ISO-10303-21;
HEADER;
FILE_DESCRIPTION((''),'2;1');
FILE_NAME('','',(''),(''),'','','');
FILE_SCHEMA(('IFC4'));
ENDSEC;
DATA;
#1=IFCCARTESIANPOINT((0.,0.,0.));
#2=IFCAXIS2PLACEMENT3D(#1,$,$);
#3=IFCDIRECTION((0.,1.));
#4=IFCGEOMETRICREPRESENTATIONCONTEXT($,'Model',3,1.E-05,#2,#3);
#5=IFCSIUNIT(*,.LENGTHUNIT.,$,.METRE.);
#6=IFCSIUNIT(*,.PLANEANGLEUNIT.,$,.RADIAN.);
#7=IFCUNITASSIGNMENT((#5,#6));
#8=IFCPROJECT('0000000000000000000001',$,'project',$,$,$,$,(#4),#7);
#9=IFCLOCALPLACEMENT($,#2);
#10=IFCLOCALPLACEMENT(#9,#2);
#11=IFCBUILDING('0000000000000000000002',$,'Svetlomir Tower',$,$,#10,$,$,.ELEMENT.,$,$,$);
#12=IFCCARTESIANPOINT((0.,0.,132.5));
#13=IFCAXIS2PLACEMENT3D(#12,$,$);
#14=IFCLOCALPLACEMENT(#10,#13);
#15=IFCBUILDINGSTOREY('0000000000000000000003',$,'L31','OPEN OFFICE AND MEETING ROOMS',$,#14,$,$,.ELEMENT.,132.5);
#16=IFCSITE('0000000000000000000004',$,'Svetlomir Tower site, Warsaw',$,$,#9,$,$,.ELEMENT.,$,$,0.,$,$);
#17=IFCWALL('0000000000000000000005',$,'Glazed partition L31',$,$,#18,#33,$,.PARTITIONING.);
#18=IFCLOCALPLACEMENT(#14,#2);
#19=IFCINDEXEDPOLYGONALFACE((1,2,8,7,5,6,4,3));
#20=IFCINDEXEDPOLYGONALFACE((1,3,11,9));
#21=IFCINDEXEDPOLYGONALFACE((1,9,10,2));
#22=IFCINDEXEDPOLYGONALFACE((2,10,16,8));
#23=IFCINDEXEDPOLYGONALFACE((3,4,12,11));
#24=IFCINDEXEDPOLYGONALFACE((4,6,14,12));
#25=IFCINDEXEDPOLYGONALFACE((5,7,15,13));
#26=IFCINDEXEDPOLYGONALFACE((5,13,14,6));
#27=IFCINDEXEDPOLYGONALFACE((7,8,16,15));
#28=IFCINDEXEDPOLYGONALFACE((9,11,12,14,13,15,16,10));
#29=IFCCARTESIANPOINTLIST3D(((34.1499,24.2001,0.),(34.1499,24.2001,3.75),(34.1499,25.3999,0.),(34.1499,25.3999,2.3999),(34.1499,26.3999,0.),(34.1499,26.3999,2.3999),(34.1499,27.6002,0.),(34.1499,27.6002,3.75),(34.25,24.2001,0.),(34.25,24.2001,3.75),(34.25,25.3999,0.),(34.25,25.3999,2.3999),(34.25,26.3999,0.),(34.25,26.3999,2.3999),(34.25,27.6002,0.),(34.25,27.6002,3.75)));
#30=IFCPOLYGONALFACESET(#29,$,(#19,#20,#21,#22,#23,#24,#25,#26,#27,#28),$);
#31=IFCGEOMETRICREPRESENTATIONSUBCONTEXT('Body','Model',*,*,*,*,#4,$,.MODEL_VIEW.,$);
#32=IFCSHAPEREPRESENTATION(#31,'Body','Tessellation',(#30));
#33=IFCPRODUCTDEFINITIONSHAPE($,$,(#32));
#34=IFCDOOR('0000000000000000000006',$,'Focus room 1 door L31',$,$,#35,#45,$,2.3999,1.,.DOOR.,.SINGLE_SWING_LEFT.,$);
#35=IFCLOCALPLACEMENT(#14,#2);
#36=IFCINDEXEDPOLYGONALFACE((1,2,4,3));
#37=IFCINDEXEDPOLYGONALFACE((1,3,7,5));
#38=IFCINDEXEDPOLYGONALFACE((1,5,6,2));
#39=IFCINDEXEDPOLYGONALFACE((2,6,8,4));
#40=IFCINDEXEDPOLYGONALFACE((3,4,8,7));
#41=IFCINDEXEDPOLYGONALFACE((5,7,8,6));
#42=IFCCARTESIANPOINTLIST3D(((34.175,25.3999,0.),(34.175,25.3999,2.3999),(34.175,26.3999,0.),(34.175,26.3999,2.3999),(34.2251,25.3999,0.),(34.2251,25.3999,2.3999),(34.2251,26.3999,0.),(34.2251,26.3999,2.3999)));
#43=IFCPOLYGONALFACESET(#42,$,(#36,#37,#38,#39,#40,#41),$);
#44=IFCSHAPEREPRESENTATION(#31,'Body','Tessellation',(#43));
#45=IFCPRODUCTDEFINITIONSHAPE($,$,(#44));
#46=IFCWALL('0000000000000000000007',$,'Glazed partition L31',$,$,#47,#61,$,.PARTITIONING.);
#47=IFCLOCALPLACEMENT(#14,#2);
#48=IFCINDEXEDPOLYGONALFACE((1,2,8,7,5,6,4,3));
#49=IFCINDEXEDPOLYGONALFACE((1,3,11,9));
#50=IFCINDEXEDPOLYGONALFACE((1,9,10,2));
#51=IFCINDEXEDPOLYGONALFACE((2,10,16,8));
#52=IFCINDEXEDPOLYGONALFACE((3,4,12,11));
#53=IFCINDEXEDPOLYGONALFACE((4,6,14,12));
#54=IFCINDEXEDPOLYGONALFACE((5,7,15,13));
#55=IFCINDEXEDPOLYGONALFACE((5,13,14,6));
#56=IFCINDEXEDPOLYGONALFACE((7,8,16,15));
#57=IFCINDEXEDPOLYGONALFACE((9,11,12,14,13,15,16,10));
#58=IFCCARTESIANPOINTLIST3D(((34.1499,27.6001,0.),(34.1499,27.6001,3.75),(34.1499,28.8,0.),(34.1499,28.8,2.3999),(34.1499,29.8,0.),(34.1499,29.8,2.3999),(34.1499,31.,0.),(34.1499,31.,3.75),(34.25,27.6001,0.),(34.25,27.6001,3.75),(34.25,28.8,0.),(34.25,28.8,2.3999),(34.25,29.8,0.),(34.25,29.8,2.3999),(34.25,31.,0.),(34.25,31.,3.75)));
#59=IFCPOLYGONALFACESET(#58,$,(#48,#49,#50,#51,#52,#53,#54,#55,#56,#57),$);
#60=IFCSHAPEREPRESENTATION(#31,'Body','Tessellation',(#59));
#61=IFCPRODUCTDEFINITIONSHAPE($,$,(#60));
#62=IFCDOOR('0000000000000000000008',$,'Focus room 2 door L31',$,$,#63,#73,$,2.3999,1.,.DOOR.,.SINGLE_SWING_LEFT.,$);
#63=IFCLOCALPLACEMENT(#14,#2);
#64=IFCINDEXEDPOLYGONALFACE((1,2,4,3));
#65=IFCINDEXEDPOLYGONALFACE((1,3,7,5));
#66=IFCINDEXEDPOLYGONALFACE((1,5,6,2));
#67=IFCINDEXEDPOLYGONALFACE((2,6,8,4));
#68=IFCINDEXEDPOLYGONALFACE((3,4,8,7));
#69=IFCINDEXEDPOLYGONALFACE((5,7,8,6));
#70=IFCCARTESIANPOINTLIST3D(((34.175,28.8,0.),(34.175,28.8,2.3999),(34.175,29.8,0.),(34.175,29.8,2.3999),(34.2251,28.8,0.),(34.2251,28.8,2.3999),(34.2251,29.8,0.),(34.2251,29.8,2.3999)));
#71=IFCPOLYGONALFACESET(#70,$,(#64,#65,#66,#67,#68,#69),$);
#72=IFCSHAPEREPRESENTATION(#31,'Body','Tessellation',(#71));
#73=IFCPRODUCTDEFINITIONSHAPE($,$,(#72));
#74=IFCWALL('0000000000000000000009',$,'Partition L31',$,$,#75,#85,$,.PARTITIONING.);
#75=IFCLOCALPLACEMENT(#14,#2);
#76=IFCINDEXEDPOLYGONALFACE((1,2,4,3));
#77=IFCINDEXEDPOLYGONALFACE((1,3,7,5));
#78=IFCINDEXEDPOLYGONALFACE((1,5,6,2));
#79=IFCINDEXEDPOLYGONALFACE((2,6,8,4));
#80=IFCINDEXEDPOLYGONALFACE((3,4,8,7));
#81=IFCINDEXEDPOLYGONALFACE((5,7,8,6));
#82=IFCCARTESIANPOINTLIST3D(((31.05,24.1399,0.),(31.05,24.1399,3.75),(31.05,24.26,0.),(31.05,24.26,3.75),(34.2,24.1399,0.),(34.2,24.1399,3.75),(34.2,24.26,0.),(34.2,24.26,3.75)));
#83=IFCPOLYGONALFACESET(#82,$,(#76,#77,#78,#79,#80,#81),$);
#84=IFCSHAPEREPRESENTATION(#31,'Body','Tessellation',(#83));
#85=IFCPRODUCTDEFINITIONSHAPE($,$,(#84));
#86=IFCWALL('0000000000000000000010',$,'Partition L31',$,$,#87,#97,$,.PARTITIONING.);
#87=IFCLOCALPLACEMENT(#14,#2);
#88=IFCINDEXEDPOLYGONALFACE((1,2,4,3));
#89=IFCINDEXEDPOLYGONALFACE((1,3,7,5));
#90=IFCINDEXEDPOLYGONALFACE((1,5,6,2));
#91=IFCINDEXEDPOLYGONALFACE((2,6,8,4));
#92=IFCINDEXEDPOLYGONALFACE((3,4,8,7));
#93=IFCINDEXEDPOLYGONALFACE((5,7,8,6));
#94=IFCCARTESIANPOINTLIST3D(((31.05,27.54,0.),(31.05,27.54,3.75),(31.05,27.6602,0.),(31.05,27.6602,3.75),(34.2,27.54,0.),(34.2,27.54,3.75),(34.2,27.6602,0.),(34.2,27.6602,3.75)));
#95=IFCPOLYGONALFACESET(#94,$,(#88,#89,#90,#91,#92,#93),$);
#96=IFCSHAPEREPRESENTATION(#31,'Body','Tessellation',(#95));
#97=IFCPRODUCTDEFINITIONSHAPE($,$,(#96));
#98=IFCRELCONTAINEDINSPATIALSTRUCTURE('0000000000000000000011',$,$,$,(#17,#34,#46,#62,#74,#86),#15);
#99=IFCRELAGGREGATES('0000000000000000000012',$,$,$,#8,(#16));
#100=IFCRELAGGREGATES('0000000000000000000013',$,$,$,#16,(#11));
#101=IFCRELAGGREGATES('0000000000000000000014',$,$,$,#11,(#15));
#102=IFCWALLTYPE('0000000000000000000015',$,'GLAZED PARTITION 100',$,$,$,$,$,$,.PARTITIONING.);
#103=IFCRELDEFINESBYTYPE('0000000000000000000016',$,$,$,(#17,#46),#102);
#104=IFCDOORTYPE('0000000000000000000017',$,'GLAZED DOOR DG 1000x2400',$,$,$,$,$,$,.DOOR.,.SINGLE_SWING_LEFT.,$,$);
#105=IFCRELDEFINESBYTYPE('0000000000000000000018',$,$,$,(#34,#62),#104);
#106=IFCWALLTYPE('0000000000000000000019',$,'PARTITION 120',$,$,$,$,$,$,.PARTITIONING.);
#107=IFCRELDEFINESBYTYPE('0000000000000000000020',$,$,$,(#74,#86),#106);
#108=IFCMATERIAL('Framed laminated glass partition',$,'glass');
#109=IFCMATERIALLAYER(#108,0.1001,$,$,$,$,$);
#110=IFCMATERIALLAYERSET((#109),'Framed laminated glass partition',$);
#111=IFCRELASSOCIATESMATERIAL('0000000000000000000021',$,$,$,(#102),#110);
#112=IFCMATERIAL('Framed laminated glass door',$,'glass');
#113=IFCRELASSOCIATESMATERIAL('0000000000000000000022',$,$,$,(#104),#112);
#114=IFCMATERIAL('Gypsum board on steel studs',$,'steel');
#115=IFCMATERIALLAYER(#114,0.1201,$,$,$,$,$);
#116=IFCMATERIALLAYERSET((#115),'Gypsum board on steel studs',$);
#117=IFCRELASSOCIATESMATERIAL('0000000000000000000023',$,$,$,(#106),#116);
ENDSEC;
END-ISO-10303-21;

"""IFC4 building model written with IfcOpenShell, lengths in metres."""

from ifc_helpers import new_model, si_unit, direction, frame, frame_2d, origin, place, context, subcontext, project, spatial, rectangle, extrude, material, layer, layer_set, type_object, element, fill, save


model = new_model("IFC4")

# Units and contexts
model_context = context("Model", 3, precision=1e-05, world=origin(), true_north=direction((0.0, 1.0)))
body_context = subcontext(model_context, "Body", "Model", "MODEL_VIEW")
ifc_project = project(units=[si_unit("LENGTHUNIT", "METRE"), si_unit("PLANEANGLEUNIT", "RADIAN")], contexts=[model_context])

# Site, building, storey
site_placement = place(None, origin())
site = spatial("IfcSite", under=ifc_project, at=site_placement, Name="Svetlomir Tower site, Warsaw", CompositionType="ELEMENT", RefElevation=0.0)
building_placement = place(site_placement, origin())
building = spatial("IfcBuilding", under=site, at=building_placement, Name="Svetlomir Tower", CompositionType="ELEMENT")
storey_placement = place(building_placement, frame((0.0, 0.0, 132.5)))
storey = spatial("IfcBuildingStorey", under=building, at=storey_placement, Name="L31", Description="OPEN OFFICE AND MEETING ROOMS", CompositionType="ELEMENT", Elevation=132.5)

# Shared definitions
ifc_material_1 = material(Name="Framed laminated glass partition", Category="glass")
ifc_layer_1 = layer(ifc_material_1, 0.1001)
ifc_layer_set_1 = layer_set([ifc_layer_1], Name="Framed laminated glass partition")
wall_type_1 = type_object("IfcWallType", Name="GLAZED PARTITION 100", PredefinedType="PARTITIONING", material=ifc_layer_set_1)

# Walls, openings, doors
ifc_material_2 = material(Name="Framed laminated glass door", Category="glass")
door_type_1 = type_object("IfcDoorType", Name="GLAZED DOOR DG 1000x2400", OperationType="SINGLE_SWING_LEFT", PredefinedType="DOOR", material=ifc_material_2)
wall_1_placement = place(storey_placement, frame((34.2, 24.2, 0.0), z_axis=(0.0, 0.0, 1.0), x_axis=(0.0, 1.0, 0.0)))
wall_1 = element("IfcWall", 1, at=wall_1_placement, inside=storey, type_object=wall_type_1, Name="Glazed partition L31", PredefinedType="PARTITIONING", context=body_context, shape_type="SweptSolid", body=[
    extrude(rectangle(XDim=3.4001, YDim=0.1001, at=frame_2d((1.7002, 0.0))), origin(), (0.0, 0.0, 1.0), 3.75),
])
opening_1_placement = place(wall_1_placement, frame((1.2, 0.0, 0.0)))
opening_1 = element("IfcOpeningElement", 2, at=opening_1_placement, cuts=wall_1, PredefinedType="OPENING", context=body_context, shape_type="SweptSolid", body=[
    extrude(rectangle(XDim=1.0, YDim=2.3999, at=frame_2d((0.5, 1.2))), frame((0.0, 0.0601, 0.0), z_axis=(0.0, -1.0, 0.0), x_axis=(1.0, 0.0, 0.0)), (0.0, 0.0, 1.0), 0.1201),
])
door_1_placement = place(opening_1_placement, origin())
door_1 = element("IfcDoor", 3, at=door_1_placement, inside=storey, type_object=door_type_1, Name="Focus room 1 door L31", OperationType="SINGLE_SWING_LEFT", OverallHeight=2.3999, OverallWidth=1.0, PredefinedType="DOOR", context=body_context, shape_type="SweptSolid", body=[
    extrude(rectangle(XDim=1.0, YDim=2.3999, at=frame_2d((0.5, 1.2))), frame((0.0, 0.0249, 0.0), z_axis=(0.0, -1.0, 0.0), x_axis=(1.0, 0.0, 0.0)), (0.0, 0.0, 1.0), 0.05),
])
fill(opening_1, door_1)
wall_2_placement = place(storey_placement, frame((34.2, 27.6001, 0.0), z_axis=(0.0, 0.0, 1.0), x_axis=(0.0, 1.0, 0.0)))
wall_2 = element("IfcWall", 4, at=wall_2_placement, inside=storey, type_object=wall_type_1, Name="Glazed partition L31", PredefinedType="PARTITIONING", context=body_context, shape_type="SweptSolid", body=[
    extrude(rectangle(XDim=3.3999, YDim=0.1001, at=frame_2d((1.7, 0.0))), origin(), (0.0, 0.0, 1.0), 3.75),
])
opening_2_placement = place(wall_2_placement, frame((1.2, 0.0, 0.0)))
opening_2 = element("IfcOpeningElement", 5, at=opening_2_placement, cuts=wall_2, PredefinedType="OPENING", context=body_context, shape_type="SweptSolid", body=[
    extrude(rectangle(XDim=1.0, YDim=2.3999, at=frame_2d((0.5, 1.2))), frame((0.0, 0.0601, 0.0), z_axis=(0.0, -1.0, 0.0), x_axis=(1.0, 0.0, 0.0)), (0.0, 0.0, 1.0), 0.1201),
])
door_2_placement = place(opening_2_placement, origin())
door_2 = element("IfcDoor", 6, at=door_2_placement, inside=storey, type_object=door_type_1, Name="Focus room 2 door L31", OperationType="SINGLE_SWING_LEFT", OverallHeight=2.3999, OverallWidth=1.0, PredefinedType="DOOR", context=body_context, shape_type="SweptSolid", body=[
    extrude(rectangle(XDim=1.0, YDim=2.3999, at=frame_2d((0.5, 1.2))), frame((0.0, 0.0249, 0.0), z_axis=(0.0, -1.0, 0.0), x_axis=(1.0, 0.0, 0.0)), (0.0, 0.0, 1.0), 0.05),
])
fill(opening_2, door_2)

# Walls
ifc_material_3 = material(Name="Gypsum board on steel studs", Category="steel")
ifc_layer_2 = layer(ifc_material_3, 0.1201)
ifc_layer_set_2 = layer_set([ifc_layer_2], Name="Gypsum board on steel studs")
wall_type_2 = type_object("IfcWallType", Name="PARTITION 120", PredefinedType="PARTITIONING", material=ifc_layer_set_2)
for number, where, z_axis, x_axis, name in (
    (7, (31.05, 24.2, 0.0), (0.0, 0.0, 1.0), (1.0, 0.0, 0.0), "Partition L31"),
    (8, (31.05, 27.6001, 0.0), (0.0, 0.0, 1.0), (1.0, 0.0, 0.0), "Partition L31"),
):
    element("IfcWall", number, at=place(storey_placement, frame(where, z_axis=z_axis, x_axis=x_axis)), inside=storey, type_object=wall_type_2, Name=name, PredefinedType="PARTITIONING", context=body_context, shape_type="SweptSolid", body=[
        extrude(rectangle(XDim=3.1499, YDim=0.1201, at=frame_2d((1.575, 0.0))), origin(), (0.0, 0.0, 1.0), 3.75),
    ])

save(model, "model.ifc")
